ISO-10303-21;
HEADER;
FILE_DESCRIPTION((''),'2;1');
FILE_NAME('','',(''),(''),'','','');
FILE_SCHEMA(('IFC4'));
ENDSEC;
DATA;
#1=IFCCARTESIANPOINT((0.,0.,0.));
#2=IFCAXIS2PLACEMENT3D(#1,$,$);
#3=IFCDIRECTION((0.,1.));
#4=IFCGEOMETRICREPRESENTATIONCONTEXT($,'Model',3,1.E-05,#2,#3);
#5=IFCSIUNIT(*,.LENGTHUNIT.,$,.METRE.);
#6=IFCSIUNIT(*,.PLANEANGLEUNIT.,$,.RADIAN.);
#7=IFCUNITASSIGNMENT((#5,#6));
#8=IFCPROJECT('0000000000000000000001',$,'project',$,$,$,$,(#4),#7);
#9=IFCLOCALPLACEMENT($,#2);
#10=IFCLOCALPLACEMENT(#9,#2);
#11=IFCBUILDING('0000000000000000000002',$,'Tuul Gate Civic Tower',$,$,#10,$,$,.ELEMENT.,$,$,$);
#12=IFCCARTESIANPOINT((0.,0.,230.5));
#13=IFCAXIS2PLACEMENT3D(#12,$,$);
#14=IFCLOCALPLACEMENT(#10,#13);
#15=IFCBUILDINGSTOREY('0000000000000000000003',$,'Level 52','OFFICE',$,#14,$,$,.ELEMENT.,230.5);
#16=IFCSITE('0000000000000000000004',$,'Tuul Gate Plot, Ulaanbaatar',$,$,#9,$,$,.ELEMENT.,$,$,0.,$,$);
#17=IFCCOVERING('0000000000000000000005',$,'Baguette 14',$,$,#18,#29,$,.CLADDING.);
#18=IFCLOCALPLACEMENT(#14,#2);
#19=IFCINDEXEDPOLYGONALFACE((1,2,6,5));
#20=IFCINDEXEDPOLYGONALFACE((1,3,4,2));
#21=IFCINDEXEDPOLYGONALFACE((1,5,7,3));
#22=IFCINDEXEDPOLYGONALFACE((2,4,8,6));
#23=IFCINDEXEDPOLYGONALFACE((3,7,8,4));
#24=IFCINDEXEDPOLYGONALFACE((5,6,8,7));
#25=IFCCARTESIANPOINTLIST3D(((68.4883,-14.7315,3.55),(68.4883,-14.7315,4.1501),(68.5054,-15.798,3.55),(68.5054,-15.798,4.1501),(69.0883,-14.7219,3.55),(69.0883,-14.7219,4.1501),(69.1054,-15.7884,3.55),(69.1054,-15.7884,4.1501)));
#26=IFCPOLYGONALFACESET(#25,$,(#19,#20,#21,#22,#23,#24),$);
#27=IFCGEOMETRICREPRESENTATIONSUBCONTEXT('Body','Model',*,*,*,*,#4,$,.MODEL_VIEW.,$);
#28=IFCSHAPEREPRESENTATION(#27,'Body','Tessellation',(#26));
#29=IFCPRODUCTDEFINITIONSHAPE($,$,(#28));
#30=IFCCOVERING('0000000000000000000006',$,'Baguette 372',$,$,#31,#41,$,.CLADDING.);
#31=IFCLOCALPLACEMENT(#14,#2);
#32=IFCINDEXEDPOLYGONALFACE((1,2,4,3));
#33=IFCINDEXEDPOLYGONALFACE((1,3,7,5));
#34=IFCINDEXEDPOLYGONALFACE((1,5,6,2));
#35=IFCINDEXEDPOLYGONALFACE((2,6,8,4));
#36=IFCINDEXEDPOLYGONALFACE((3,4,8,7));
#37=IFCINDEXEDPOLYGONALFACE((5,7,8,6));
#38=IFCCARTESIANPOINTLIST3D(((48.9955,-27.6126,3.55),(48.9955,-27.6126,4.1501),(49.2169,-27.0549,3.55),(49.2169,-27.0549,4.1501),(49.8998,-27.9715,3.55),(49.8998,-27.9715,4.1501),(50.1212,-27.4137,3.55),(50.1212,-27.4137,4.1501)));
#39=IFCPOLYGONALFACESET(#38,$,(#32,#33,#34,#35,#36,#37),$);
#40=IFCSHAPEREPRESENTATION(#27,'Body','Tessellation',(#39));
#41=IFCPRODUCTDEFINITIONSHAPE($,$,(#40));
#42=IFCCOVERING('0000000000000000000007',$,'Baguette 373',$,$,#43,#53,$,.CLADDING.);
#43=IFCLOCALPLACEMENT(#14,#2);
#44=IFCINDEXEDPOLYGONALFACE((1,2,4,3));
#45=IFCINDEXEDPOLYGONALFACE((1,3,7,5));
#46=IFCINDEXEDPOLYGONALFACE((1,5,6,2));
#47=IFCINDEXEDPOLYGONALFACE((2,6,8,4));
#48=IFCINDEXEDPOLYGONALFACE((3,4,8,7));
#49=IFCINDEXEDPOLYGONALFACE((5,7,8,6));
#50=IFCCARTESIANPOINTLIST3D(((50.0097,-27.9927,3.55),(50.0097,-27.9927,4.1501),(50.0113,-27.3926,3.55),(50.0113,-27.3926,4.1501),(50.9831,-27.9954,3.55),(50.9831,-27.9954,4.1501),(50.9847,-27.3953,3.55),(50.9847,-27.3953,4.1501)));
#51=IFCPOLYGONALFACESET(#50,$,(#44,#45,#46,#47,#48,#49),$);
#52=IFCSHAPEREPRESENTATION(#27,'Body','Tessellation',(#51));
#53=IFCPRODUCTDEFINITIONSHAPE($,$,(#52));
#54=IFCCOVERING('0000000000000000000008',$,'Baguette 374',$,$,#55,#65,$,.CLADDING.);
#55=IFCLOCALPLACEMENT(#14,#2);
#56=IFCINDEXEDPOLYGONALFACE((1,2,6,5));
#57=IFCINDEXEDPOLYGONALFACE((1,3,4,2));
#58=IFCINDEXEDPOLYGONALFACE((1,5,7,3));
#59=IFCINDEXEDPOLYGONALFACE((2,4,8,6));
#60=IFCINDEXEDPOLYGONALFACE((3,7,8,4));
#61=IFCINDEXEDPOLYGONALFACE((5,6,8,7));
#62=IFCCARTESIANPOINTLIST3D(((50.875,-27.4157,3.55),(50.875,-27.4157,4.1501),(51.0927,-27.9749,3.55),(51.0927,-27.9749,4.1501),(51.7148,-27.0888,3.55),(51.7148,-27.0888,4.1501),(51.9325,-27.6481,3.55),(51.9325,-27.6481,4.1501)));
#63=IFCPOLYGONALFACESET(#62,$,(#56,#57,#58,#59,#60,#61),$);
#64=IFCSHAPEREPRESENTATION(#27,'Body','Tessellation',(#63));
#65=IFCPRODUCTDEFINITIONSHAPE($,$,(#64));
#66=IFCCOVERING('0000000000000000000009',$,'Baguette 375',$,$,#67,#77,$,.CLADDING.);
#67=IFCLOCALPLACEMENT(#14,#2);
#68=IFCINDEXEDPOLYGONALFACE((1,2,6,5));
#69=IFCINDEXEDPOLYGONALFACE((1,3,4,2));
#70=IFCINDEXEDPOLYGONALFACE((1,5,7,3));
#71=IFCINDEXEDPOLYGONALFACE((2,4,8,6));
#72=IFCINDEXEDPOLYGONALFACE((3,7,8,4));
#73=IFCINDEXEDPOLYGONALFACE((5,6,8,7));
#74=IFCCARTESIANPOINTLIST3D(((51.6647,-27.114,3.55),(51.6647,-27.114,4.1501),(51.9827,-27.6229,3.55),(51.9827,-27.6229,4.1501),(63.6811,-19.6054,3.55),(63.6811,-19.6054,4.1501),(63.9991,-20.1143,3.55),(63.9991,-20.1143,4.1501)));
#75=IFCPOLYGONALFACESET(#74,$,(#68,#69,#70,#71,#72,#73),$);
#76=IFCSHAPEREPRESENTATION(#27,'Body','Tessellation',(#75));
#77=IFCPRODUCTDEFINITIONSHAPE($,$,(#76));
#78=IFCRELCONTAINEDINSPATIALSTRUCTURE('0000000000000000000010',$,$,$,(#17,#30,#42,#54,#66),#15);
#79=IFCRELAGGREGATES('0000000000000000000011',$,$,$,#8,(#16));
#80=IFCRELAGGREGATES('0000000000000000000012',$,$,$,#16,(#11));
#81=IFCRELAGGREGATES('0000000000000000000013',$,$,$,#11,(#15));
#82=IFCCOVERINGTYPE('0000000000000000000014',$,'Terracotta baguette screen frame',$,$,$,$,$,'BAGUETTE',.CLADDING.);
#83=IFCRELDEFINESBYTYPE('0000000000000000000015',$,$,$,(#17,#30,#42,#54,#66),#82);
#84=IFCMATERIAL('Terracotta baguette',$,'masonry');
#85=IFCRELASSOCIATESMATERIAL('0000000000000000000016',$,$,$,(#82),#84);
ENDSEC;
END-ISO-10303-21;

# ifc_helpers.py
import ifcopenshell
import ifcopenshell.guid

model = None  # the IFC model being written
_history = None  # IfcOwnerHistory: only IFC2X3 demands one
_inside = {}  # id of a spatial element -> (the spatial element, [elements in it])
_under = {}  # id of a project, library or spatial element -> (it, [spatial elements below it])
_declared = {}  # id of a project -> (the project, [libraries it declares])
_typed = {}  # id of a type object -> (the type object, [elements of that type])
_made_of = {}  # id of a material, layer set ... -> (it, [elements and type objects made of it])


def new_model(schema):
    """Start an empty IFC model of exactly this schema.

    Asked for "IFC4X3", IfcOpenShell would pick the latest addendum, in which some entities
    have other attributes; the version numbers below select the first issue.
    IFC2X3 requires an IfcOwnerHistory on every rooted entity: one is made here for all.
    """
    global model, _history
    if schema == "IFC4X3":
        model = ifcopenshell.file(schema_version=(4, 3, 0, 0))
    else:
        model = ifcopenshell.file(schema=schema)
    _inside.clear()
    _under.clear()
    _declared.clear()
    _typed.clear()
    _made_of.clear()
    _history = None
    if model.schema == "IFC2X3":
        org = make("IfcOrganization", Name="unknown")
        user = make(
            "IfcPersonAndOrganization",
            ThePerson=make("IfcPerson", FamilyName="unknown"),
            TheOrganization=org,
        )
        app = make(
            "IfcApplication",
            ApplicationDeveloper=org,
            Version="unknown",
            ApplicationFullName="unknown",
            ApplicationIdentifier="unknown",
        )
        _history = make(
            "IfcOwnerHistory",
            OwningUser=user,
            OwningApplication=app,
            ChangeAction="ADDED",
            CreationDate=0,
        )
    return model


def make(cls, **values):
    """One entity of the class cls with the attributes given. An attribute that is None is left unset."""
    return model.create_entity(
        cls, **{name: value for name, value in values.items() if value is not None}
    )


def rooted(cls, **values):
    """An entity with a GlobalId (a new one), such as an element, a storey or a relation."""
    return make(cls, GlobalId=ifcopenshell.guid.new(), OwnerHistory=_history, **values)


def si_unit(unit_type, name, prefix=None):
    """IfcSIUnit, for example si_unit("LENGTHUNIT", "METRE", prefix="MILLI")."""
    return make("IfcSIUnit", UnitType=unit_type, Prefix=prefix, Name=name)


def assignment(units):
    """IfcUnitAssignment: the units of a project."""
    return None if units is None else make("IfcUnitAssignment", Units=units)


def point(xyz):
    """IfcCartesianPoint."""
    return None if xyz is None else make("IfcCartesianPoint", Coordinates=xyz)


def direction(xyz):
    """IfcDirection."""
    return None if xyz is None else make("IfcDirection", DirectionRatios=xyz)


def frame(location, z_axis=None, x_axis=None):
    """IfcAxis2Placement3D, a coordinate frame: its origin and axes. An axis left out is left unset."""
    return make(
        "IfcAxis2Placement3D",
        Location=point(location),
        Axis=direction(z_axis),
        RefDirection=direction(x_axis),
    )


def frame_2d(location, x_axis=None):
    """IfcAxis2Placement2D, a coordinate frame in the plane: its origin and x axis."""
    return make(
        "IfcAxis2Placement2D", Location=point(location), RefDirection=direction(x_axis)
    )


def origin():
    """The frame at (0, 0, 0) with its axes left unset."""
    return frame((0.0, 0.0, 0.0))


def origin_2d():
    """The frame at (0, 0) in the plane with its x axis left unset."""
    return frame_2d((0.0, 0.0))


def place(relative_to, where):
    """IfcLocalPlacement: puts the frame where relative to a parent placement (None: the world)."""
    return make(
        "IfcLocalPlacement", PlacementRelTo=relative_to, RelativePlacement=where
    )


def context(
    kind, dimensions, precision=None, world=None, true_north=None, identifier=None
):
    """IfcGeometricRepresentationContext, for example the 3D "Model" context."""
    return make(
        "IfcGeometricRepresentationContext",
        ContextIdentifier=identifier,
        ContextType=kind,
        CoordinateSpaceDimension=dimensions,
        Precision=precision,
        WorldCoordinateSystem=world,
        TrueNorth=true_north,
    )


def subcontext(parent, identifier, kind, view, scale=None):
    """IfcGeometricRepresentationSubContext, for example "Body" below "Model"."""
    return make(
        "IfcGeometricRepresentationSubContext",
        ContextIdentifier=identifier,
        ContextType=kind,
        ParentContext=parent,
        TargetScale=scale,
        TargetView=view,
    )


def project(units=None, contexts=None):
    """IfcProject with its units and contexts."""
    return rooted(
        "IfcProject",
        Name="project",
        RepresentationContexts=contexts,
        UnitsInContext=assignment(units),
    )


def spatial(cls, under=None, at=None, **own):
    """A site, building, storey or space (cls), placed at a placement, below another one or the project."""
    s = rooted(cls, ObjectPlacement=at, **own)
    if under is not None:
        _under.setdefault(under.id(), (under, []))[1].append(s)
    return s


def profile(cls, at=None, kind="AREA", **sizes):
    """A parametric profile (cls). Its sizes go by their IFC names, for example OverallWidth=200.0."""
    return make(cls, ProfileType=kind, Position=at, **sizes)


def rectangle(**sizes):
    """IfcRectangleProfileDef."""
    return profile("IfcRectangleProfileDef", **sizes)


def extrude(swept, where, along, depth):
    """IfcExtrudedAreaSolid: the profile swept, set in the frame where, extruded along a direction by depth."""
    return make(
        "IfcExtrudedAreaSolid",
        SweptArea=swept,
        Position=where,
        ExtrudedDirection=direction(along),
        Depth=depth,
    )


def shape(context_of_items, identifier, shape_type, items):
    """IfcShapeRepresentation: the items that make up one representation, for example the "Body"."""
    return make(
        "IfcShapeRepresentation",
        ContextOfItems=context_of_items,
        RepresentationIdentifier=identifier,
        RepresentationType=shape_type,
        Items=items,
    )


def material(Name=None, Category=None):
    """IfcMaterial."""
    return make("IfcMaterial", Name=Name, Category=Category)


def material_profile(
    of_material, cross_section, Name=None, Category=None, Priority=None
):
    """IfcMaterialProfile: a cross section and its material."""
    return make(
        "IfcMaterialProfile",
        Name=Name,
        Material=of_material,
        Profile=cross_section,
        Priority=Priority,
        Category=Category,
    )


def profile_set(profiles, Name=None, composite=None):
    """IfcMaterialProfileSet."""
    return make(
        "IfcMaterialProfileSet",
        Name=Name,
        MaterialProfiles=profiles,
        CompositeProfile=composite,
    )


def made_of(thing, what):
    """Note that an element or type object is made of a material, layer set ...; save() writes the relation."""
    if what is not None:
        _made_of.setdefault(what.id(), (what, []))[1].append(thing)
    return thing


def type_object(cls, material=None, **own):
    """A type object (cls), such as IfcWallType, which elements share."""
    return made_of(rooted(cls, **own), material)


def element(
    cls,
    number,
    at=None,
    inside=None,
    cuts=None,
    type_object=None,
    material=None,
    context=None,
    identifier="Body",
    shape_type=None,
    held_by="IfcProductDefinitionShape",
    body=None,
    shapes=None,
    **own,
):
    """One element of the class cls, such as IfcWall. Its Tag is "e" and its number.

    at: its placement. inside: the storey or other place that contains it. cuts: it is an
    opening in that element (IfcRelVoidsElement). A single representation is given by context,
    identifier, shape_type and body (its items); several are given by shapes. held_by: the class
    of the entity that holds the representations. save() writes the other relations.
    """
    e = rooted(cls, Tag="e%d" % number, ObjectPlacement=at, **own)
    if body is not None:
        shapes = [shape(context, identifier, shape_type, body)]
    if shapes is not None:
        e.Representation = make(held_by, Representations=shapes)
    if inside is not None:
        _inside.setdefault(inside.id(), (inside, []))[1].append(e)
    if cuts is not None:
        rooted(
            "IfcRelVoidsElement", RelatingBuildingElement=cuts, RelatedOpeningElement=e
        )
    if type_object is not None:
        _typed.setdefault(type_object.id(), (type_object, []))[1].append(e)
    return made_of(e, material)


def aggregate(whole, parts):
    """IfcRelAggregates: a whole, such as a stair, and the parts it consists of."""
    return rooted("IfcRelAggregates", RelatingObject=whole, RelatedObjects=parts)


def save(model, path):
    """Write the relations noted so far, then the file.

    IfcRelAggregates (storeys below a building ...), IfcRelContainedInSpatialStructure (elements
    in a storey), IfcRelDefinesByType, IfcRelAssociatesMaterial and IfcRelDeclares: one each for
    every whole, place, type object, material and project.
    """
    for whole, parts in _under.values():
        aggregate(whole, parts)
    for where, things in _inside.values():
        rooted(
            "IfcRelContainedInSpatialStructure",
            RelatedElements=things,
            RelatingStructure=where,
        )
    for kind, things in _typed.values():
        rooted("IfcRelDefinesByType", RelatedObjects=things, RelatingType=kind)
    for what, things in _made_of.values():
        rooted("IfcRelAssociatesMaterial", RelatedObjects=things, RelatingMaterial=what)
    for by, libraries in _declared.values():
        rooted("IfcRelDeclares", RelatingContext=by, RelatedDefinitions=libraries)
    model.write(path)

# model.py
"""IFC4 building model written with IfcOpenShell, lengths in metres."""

from ifc_helpers import new_model, si_unit, direction, frame, origin, origin_2d, place, context, subcontext, project, spatial, rectangle, extrude, material, material_profile, profile_set, type_object, element, save


model = new_model("IFC4")

# Units and contexts
model_context = context("Model", 3, precision=1e-05, world=origin(), true_north=direction((0.0, 1.0)))
body_context = subcontext(model_context, "Body", "Model", "MODEL_VIEW")
ifc_project = project(units=[si_unit("LENGTHUNIT", "METRE"), si_unit("PLANEANGLEUNIT", "RADIAN")], contexts=[model_context])

# Site, building, storey
site_placement = place(None, origin())
site = spatial("IfcSite", under=ifc_project, at=site_placement, Name="Tuul Gate Plot, Ulaanbaatar", CompositionType="ELEMENT", RefElevation=0.0)
building_placement = place(site_placement, origin())
building = spatial("IfcBuilding", under=site, at=building_placement, Name="Tuul Gate Civic Tower", CompositionType="ELEMENT")
storey_placement = place(building_placement, frame((0.0, 0.0, 230.5)))
storey = spatial("IfcBuildingStorey", under=building, at=storey_placement, Name="Level 52", Description="OFFICE", CompositionType="ELEMENT", Elevation=230.5)

# Coverings
ifc_material_1 = material(Name="Terracotta baguette", Category="masonry")
ifc_material_profile_1 = material_profile(ifc_material_1, rectangle(XDim=0.6001, YDim=0.6001, at=origin_2d()), Name="Terracotta baguette screen frame")
ifc_profile_set_1 = profile_set([ifc_material_profile_1], Name="Terracotta baguette")
covering_type = type_object("IfcCoveringType", Name="Terracotta baguette screen frame", ElementType="BAGUETTE", PredefinedType="CLADDING", material=ifc_profile_set_1)
covering_1_placement = place(storey_placement, frame((68.8054, -15.7932, 3.8501), z_axis=(-0.016024, 0.999872, 0.0), x_axis=(-0.999872, -0.016024, 0.0)))
element("IfcCovering", 1, at=covering_1_placement, inside=storey, type_object=covering_type, Name="Baguette 14", PredefinedType="CLADDING", context=body_context, shape_type="SweptSolid", body=[
    extrude(rectangle(XDim=0.6001, YDim=0.6001, at=origin_2d()), origin(), (0.0, 0.0, 1.0), 1.0667),
])
covering_2_placement = place(storey_placement, frame((49.1062, -27.3337, 3.8501), z_axis=(0.929477, -0.36888, 0.0), x_axis=(0.36888, 0.929477, 0.0)))
element("IfcCovering", 2, at=covering_2_placement, inside=storey, type_object=covering_type, Name="Baguette 372", PredefinedType="CLADDING", context=body_context, shape_type="SweptSolid", body=[
    extrude(rectangle(XDim=0.6001, YDim=0.6001, at=origin_2d()), origin(), (0.0, 0.0, 1.0), 0.9729),
])
covering_3_placement = place(storey_placement, frame((50.0105, -27.6926, 3.8501), z_axis=(0.999996, -0.002759, 0.0), x_axis=(0.002759, 0.999996, 0.0)))
element("IfcCovering", 3, at=covering_3_placement, inside=storey, type_object=covering_type, Name="Baguette 373", PredefinedType="CLADDING", context=body_context, shape_type="SweptSolid", body=[
    extrude(rectangle(XDim=0.6001, YDim=0.6001, at=origin_2d()), origin(), (0.0, 0.0, 1.0), 0.9734),
])
covering_4_placement = place(storey_placement, frame((50.9839, -27.6953, 3.8501), z_axis=(0.931893, 0.362734, 0.0), x_axis=(-0.362734, 0.931893, 0.0)))
element("IfcCovering", 4, at=covering_4_placement, inside=storey, type_object=covering_type, Name="Baguette 374", PredefinedType="CLADDING", context=body_context, shape_type="SweptSolid", body=[
    extrude(rectangle(XDim=0.6001, YDim=0.6001, at=origin_2d()), origin(), (0.0, 0.0, 1.0), 0.9011),
])
covering_5_placement = place(storey_placement, frame((51.8237, -27.3684, 3.8501), z_axis=(0.848052, 0.529914, 0.0), x_axis=(-0.529914, 0.848052, 0.0)))
element("IfcCovering", 5, at=covering_5_placement, inside=storey, type_object=covering_type, Name="Baguette 375", PredefinedType="CLADDING", context=body_context, shape_type="SweptSolid", body=[
    extrude(rectangle(XDim=0.6001, YDim=0.6001, at=origin_2d()), origin(), (0.0, 0.0, 1.0), 14.1694),
])

save(model, "model.ifc")
